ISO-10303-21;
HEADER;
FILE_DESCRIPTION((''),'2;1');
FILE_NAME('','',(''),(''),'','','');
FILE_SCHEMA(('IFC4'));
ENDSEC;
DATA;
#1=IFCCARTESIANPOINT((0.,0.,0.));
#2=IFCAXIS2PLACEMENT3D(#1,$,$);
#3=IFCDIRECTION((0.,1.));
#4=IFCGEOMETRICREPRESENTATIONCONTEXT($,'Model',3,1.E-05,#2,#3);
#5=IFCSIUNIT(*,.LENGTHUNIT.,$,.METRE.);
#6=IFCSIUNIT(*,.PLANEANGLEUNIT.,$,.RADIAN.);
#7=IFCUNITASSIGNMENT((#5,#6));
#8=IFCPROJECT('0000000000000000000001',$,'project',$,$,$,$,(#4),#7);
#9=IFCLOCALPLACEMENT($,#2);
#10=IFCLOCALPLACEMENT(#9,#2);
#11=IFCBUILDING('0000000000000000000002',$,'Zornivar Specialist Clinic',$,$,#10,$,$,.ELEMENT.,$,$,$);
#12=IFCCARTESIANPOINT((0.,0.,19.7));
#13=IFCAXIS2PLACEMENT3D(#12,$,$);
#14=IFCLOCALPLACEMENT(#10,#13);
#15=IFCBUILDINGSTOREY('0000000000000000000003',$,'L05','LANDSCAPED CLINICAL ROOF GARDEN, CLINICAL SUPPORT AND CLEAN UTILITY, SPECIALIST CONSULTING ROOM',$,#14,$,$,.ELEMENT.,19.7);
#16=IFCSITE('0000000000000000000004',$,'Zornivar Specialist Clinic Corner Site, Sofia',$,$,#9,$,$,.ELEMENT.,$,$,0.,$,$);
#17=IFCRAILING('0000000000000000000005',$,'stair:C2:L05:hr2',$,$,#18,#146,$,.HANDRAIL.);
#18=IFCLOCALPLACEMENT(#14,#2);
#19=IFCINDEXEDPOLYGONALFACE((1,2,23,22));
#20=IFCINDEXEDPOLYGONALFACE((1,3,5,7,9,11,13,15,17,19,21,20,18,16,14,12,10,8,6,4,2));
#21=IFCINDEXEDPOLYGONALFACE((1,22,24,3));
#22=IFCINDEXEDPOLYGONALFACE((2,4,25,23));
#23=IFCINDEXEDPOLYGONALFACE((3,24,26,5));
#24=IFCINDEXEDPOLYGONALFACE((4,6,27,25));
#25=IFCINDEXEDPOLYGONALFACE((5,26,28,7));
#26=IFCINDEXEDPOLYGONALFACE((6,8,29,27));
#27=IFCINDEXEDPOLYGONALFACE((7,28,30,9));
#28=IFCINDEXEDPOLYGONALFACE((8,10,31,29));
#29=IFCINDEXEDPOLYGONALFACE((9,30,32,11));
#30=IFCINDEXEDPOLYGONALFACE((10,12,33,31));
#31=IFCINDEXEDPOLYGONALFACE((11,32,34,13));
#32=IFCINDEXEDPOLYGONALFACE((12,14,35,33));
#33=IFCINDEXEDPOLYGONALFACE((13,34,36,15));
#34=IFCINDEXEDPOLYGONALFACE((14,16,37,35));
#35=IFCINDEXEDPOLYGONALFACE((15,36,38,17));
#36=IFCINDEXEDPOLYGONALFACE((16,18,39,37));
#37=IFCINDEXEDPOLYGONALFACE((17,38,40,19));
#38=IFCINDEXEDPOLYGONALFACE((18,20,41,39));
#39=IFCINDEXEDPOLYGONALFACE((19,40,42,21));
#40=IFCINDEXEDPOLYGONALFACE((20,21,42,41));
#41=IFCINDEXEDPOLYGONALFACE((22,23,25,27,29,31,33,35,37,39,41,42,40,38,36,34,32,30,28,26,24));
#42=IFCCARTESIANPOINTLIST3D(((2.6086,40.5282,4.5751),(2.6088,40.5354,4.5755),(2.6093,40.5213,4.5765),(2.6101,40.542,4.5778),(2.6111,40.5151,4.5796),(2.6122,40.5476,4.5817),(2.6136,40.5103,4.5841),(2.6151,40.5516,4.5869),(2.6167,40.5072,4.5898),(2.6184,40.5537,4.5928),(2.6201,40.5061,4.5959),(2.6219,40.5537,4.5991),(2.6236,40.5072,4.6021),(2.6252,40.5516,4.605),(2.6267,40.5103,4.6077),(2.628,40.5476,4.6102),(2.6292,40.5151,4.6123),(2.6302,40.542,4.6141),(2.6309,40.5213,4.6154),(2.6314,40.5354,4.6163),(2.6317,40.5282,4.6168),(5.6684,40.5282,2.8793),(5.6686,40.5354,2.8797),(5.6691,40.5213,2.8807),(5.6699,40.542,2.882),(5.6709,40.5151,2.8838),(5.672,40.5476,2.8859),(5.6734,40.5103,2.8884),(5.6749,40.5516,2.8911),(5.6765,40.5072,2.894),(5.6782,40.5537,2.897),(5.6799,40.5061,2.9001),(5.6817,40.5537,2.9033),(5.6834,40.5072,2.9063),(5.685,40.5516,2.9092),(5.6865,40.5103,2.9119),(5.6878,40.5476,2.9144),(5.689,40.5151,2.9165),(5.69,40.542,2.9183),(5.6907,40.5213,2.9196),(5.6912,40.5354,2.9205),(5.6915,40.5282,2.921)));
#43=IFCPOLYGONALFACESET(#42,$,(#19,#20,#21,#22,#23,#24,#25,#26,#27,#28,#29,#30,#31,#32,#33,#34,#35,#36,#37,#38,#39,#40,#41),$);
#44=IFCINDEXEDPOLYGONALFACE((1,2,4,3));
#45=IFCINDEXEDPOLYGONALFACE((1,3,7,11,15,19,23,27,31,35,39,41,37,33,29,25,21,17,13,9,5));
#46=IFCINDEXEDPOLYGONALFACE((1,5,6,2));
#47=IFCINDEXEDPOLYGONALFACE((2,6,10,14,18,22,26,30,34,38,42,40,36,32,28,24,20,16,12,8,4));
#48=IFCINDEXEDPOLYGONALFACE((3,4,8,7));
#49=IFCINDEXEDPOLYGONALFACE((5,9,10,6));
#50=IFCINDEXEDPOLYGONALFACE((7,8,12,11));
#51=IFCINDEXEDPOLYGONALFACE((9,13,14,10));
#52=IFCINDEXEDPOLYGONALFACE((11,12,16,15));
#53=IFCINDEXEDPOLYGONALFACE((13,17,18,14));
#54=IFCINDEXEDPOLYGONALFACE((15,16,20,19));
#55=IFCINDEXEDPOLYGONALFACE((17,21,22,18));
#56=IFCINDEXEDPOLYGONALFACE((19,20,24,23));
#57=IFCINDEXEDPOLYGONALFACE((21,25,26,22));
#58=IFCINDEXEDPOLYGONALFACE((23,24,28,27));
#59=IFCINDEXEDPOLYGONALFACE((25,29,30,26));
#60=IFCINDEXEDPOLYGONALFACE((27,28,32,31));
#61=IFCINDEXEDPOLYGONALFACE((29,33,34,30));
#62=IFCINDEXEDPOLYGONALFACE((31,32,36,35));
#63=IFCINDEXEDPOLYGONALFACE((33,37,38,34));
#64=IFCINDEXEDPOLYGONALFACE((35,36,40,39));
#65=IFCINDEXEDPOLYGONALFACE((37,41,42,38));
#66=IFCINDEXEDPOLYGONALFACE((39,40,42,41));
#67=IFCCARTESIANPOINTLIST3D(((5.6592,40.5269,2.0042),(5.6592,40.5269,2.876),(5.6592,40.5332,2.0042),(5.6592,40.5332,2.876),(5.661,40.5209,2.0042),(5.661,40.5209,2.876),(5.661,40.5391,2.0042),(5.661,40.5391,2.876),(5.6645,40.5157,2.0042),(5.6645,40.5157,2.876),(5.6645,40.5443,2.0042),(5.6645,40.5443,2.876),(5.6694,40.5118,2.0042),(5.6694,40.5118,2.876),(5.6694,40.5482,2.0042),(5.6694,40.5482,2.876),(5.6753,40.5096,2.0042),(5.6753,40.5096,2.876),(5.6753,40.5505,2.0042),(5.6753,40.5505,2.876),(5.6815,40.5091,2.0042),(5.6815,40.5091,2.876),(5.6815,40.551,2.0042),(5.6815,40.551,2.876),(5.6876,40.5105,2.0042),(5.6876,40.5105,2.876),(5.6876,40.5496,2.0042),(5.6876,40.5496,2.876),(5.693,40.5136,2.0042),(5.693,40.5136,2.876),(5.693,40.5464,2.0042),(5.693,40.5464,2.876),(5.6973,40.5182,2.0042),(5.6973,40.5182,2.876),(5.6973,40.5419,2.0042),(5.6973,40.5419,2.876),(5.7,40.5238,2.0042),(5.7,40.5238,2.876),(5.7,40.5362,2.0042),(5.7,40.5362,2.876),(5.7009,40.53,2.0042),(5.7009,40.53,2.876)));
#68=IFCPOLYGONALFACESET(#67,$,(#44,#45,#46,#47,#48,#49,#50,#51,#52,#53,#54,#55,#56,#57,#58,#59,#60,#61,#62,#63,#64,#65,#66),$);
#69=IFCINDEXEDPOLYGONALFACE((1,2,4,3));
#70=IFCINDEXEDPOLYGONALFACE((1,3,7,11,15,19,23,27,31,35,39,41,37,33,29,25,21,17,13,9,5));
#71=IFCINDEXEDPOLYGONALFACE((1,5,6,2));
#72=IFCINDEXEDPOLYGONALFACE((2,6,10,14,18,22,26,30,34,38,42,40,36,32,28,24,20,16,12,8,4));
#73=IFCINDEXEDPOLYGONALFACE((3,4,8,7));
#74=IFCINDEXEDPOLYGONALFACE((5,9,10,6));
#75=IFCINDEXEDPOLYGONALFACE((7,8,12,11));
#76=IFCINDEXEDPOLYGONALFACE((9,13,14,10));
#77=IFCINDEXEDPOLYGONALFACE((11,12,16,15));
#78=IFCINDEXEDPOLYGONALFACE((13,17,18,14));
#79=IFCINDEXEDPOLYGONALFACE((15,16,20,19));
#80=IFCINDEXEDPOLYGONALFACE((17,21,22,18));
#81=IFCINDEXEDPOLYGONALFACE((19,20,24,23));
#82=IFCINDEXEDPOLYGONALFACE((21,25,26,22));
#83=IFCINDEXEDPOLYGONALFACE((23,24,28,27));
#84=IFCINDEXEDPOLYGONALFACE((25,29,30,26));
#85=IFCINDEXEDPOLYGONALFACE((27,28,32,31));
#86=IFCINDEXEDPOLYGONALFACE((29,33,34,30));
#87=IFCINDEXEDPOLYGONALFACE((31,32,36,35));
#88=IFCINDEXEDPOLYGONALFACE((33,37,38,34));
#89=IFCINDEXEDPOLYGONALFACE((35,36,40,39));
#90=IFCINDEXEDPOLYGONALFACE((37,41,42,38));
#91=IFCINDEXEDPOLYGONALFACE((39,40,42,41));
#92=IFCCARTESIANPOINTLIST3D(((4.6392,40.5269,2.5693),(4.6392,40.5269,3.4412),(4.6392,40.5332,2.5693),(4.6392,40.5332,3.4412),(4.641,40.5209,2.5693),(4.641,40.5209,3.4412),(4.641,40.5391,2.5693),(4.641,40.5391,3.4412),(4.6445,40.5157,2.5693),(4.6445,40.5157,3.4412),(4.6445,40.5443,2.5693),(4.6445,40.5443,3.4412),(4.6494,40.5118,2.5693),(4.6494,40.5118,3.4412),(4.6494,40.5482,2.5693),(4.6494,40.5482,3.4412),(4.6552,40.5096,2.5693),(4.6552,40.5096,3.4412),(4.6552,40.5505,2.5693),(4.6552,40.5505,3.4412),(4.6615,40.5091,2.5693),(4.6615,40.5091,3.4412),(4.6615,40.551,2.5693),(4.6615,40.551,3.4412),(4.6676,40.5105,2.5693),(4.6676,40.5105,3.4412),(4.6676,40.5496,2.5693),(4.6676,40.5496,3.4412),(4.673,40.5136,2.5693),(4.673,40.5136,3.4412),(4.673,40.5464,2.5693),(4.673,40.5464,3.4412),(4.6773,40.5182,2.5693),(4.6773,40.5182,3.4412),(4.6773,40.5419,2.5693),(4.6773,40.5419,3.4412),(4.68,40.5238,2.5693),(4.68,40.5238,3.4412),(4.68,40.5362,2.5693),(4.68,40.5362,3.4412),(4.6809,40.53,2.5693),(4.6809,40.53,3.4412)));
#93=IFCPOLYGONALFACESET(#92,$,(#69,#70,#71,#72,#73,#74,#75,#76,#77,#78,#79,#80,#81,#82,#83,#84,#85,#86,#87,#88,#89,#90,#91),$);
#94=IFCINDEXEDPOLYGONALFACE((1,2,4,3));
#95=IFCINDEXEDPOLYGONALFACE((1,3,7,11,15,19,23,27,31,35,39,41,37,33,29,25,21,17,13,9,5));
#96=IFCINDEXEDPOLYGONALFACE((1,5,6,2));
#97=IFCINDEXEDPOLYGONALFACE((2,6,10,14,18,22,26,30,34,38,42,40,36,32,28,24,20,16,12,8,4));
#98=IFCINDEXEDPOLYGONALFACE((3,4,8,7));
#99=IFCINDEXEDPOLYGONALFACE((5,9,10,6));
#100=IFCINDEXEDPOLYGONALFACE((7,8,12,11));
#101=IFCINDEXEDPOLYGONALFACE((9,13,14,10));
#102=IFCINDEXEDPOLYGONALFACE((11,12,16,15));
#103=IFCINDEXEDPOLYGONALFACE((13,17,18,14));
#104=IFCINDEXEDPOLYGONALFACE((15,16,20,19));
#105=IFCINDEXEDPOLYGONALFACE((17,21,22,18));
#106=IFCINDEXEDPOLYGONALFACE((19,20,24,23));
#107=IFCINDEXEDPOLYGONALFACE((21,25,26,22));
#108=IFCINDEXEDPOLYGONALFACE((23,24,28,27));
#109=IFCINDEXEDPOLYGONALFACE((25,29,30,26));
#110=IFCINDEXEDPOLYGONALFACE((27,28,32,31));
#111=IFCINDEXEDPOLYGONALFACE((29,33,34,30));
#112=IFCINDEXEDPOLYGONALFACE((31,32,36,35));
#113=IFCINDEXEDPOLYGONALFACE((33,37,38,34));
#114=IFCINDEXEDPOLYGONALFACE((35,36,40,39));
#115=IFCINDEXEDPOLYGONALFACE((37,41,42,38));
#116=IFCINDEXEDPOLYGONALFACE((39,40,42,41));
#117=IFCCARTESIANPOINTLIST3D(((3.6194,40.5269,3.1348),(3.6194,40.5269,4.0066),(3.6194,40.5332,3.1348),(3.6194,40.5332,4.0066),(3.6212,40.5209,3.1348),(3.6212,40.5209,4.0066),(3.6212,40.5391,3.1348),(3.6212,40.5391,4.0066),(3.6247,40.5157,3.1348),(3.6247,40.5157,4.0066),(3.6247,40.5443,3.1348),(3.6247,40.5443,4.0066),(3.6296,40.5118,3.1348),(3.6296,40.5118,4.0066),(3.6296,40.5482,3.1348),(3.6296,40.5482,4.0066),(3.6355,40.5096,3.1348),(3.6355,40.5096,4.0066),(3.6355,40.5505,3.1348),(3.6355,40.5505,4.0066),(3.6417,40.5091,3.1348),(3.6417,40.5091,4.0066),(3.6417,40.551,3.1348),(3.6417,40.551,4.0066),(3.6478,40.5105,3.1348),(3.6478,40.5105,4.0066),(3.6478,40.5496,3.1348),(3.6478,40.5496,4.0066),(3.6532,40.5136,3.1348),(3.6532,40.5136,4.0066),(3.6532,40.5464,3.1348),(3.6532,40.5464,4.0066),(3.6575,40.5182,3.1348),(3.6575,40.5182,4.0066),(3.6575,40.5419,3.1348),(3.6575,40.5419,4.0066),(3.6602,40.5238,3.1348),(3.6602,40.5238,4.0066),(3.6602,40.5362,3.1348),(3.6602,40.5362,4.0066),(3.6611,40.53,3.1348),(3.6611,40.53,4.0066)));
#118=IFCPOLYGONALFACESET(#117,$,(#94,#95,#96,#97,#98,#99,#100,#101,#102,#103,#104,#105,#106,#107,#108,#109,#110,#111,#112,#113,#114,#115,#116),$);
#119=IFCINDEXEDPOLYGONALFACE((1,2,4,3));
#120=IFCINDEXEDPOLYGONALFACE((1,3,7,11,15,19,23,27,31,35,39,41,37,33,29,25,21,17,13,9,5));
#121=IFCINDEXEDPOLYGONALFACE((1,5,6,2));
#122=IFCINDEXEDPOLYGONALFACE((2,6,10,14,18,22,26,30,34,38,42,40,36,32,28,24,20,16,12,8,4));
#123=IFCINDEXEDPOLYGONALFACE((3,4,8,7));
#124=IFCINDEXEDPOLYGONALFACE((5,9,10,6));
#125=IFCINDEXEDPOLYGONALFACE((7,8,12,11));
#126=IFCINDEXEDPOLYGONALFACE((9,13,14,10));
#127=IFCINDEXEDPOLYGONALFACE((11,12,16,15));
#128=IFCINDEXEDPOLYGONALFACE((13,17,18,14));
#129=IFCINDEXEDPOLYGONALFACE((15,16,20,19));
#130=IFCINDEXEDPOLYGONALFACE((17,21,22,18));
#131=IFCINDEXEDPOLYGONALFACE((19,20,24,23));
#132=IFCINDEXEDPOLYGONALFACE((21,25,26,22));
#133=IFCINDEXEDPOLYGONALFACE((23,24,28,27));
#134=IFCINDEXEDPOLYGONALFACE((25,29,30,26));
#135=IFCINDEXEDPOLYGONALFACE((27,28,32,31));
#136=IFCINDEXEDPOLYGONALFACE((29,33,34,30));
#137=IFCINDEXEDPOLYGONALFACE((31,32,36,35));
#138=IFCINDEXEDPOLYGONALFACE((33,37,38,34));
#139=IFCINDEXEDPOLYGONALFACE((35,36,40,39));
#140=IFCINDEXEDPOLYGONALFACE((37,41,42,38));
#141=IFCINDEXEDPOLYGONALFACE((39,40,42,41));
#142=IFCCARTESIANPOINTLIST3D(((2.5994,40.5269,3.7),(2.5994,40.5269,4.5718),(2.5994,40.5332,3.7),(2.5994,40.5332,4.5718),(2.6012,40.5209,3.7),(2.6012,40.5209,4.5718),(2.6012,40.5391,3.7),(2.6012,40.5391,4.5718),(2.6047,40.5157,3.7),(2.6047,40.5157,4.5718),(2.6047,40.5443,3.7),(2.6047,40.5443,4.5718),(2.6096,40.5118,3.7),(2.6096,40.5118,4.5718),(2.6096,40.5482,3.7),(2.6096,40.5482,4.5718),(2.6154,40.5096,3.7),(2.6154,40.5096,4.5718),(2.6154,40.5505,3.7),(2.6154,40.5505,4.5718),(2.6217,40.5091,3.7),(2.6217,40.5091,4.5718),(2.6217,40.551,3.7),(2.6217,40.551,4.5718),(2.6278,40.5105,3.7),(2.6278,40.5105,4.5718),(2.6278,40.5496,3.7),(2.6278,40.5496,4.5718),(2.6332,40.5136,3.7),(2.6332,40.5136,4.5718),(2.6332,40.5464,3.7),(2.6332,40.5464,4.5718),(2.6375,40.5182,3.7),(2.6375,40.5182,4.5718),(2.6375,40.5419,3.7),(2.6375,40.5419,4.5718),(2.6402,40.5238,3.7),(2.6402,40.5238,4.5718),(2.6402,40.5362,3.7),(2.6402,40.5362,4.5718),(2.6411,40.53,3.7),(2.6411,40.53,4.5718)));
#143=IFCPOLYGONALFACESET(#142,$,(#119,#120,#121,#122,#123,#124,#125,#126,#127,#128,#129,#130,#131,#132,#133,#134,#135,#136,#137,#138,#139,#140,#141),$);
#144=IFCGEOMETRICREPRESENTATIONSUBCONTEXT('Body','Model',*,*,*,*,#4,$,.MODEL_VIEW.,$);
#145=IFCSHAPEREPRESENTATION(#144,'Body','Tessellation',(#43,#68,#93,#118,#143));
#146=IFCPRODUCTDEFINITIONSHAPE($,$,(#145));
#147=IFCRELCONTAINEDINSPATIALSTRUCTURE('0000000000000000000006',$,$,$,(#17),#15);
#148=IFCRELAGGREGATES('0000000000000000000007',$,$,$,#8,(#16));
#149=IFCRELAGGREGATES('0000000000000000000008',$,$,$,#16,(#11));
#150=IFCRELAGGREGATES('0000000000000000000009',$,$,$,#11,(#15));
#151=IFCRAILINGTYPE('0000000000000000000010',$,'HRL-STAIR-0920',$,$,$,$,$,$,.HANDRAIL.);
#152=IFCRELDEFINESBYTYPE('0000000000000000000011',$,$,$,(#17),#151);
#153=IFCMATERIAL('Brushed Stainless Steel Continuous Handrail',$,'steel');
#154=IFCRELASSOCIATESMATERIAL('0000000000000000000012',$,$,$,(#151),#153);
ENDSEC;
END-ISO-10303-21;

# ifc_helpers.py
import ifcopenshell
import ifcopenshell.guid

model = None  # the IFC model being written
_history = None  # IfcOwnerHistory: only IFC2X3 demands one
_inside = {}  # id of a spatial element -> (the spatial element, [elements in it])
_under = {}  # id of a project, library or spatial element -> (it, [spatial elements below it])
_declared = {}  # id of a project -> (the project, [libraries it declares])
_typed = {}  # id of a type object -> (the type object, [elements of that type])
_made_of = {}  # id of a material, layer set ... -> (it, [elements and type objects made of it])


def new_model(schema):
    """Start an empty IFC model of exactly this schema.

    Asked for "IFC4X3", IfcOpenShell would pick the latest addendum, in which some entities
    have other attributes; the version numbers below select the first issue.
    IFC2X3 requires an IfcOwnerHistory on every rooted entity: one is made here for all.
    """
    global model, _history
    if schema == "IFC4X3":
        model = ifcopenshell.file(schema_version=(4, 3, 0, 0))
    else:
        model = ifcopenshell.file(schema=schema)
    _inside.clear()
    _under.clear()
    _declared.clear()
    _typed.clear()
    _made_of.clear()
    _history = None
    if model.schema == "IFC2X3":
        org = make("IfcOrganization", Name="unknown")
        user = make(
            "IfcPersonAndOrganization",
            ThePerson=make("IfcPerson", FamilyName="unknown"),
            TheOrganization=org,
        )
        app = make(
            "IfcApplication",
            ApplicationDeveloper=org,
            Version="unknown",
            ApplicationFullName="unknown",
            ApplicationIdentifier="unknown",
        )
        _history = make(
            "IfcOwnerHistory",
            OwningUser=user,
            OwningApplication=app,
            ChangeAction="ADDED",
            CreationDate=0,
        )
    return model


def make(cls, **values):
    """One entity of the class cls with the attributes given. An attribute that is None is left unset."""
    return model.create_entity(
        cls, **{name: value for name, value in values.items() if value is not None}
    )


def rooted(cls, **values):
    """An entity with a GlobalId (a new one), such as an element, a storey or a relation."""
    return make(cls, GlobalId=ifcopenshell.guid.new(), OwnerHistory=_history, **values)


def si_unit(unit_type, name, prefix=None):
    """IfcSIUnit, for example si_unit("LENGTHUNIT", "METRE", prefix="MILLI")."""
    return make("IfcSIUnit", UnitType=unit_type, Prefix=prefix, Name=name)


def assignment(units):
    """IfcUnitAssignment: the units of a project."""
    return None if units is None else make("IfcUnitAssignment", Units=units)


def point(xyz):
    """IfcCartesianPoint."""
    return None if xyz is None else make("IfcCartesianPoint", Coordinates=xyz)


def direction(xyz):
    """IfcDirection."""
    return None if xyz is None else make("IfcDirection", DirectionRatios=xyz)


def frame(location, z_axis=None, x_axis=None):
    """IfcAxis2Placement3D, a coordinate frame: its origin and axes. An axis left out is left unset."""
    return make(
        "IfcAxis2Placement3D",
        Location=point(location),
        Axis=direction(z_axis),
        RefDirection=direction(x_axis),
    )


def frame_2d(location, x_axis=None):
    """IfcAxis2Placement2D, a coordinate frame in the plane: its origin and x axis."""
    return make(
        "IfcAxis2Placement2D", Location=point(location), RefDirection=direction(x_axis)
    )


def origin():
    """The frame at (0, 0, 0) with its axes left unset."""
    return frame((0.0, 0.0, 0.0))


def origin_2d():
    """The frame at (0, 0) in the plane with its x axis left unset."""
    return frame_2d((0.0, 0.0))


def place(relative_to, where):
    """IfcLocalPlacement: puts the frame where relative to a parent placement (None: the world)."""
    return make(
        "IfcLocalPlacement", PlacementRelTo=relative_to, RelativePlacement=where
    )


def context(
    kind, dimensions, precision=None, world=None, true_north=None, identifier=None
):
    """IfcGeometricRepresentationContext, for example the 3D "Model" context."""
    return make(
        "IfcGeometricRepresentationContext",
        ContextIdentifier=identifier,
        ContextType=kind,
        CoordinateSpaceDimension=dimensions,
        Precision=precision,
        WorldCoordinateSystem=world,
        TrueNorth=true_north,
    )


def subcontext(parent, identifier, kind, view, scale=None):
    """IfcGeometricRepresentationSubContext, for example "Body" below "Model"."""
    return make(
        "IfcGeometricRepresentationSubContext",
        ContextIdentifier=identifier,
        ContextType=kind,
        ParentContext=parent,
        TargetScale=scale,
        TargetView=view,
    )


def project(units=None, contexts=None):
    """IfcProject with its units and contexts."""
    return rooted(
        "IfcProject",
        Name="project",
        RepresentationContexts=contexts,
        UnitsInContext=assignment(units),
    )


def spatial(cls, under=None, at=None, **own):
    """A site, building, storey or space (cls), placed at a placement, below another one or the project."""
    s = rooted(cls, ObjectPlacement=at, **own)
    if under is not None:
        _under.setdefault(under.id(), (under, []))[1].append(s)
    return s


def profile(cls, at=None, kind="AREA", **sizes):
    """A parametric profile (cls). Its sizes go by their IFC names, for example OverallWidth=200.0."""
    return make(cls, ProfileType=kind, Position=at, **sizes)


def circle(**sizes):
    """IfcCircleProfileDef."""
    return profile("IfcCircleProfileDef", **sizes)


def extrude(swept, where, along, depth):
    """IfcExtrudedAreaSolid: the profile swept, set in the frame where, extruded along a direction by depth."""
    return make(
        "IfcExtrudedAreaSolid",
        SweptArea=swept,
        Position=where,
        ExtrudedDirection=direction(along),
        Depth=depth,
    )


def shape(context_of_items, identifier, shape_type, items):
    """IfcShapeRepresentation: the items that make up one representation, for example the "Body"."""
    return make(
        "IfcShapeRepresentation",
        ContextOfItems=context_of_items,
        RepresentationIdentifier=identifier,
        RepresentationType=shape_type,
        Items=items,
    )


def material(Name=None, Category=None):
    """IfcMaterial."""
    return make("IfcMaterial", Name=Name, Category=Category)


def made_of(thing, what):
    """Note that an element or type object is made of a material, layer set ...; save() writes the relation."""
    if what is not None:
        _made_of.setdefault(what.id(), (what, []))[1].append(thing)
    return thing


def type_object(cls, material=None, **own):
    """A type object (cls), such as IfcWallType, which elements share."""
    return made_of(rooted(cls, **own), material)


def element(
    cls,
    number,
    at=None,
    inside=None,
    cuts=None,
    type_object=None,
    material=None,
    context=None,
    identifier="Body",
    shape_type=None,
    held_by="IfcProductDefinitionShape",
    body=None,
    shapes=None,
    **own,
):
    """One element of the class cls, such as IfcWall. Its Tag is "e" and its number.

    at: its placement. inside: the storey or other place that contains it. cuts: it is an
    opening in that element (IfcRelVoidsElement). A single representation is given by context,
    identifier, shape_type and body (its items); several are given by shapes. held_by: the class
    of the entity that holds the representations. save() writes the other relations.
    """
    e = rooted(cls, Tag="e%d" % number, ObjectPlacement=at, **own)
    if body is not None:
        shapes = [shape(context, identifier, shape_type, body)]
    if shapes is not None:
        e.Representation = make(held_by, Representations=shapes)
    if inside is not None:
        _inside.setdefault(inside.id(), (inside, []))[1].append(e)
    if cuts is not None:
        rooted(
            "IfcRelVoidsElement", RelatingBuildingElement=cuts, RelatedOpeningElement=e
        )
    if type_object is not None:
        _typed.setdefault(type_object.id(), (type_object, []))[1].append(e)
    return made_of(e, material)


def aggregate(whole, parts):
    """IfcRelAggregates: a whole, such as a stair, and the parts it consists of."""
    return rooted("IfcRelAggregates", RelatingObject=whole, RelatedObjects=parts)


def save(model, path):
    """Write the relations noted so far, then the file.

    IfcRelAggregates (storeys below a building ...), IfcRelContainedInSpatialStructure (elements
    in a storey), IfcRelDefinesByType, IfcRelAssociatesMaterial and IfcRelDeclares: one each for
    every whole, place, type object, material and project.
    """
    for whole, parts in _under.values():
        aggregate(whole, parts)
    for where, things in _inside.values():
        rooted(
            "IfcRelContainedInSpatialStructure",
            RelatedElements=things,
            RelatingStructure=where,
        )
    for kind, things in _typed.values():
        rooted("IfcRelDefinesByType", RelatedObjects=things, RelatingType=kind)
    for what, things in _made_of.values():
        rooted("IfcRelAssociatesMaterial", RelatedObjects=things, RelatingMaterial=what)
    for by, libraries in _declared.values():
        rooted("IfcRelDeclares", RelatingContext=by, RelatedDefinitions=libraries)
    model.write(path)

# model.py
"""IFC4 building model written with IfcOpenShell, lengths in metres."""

from ifc_helpers import new_model, si_unit, direction, frame, origin, origin_2d, place, context, subcontext, project, spatial, circle, extrude, material, type_object, element, save


model = new_model("IFC4")

# Units and contexts
model_context = context("Model", 3, precision=1e-05, world=origin(), true_north=direction((0.0, 1.0)))
body_context = subcontext(model_context, "Body", "Model", "MODEL_VIEW")
ifc_project = project(units=[si_unit("LENGTHUNIT", "METRE"), si_unit("PLANEANGLEUNIT", "RADIAN")], contexts=[model_context])

# Site, building, storey
site_placement = place(None, origin())
site = spatial("IfcSite", under=ifc_project, at=site_placement, Name="Zornivar Specialist Clinic Corner Site, Sofia", CompositionType="ELEMENT", RefElevation=0.0)
building_placement = place(site_placement, origin())
building = spatial("IfcBuilding", under=site, at=building_placement, Name="Zornivar Specialist Clinic", CompositionType="ELEMENT")
storey_placement = place(building_placement, frame((0.0, 0.0, 19.7)))
storey = spatial("IfcBuildingStorey", under=building, at=storey_placement, Name="L05", Description="LANDSCAPED CLINICAL ROOF GARDEN, CLINICAL SUPPORT AND CLEAN UTILITY, SPECIALIST CONSULTING ROOM", CompositionType="ELEMENT", Elevation=19.7)

# Railing
ifc_material_1 = material(Name="Brushed Stainless Steel Continuous Handrail", Category="steel")
railing_type_1 = type_object("IfcRailingType", Name="HRL-STAIR-0920", PredefinedType="HANDRAIL", material=ifc_material_1)
railing_1_placement = place(storey_placement, frame((5.6799, 40.53, 2.0042)))
element("IfcRailing", 1, at=railing_1_placement, inside=storey, type_object=railing_type_1, Name="stair:C2:L05:hr2", PredefinedType="HANDRAIL", context=body_context, shape_type="SweptSolid", body=[
    extrude(circle(Radius=0.0239, at=origin_2d()), frame((0.0, 0.0, 0.896), z_axis=(-0.874654, 0.0, 0.484748), x_axis=(0.0, -1.0, 0.0)), (0.0, 0.0, 1.0), 3.4983),
    extrude(circle(Radius=0.021, at=origin_2d()), origin(), (0.0, 0.0, 1.0), 0.8718),
    extrude(circle(Radius=0.021, at=origin_2d()), frame((-1.02, 0.0, 0.5652)), (0.0, 0.0, 1.0), 0.8718),
    extrude(circle(Radius=0.021, at=origin_2d()), frame((-2.0398, 0.0, 1.1306)), (0.0, 0.0, 1.0), 0.8718),
    extrude(circle(Radius=0.021, at=origin_2d()), frame((-3.0598, 0.0, 1.6958)), (0.0, 0.0, 1.0), 0.8718),
])

save(model, "model.ifc")
